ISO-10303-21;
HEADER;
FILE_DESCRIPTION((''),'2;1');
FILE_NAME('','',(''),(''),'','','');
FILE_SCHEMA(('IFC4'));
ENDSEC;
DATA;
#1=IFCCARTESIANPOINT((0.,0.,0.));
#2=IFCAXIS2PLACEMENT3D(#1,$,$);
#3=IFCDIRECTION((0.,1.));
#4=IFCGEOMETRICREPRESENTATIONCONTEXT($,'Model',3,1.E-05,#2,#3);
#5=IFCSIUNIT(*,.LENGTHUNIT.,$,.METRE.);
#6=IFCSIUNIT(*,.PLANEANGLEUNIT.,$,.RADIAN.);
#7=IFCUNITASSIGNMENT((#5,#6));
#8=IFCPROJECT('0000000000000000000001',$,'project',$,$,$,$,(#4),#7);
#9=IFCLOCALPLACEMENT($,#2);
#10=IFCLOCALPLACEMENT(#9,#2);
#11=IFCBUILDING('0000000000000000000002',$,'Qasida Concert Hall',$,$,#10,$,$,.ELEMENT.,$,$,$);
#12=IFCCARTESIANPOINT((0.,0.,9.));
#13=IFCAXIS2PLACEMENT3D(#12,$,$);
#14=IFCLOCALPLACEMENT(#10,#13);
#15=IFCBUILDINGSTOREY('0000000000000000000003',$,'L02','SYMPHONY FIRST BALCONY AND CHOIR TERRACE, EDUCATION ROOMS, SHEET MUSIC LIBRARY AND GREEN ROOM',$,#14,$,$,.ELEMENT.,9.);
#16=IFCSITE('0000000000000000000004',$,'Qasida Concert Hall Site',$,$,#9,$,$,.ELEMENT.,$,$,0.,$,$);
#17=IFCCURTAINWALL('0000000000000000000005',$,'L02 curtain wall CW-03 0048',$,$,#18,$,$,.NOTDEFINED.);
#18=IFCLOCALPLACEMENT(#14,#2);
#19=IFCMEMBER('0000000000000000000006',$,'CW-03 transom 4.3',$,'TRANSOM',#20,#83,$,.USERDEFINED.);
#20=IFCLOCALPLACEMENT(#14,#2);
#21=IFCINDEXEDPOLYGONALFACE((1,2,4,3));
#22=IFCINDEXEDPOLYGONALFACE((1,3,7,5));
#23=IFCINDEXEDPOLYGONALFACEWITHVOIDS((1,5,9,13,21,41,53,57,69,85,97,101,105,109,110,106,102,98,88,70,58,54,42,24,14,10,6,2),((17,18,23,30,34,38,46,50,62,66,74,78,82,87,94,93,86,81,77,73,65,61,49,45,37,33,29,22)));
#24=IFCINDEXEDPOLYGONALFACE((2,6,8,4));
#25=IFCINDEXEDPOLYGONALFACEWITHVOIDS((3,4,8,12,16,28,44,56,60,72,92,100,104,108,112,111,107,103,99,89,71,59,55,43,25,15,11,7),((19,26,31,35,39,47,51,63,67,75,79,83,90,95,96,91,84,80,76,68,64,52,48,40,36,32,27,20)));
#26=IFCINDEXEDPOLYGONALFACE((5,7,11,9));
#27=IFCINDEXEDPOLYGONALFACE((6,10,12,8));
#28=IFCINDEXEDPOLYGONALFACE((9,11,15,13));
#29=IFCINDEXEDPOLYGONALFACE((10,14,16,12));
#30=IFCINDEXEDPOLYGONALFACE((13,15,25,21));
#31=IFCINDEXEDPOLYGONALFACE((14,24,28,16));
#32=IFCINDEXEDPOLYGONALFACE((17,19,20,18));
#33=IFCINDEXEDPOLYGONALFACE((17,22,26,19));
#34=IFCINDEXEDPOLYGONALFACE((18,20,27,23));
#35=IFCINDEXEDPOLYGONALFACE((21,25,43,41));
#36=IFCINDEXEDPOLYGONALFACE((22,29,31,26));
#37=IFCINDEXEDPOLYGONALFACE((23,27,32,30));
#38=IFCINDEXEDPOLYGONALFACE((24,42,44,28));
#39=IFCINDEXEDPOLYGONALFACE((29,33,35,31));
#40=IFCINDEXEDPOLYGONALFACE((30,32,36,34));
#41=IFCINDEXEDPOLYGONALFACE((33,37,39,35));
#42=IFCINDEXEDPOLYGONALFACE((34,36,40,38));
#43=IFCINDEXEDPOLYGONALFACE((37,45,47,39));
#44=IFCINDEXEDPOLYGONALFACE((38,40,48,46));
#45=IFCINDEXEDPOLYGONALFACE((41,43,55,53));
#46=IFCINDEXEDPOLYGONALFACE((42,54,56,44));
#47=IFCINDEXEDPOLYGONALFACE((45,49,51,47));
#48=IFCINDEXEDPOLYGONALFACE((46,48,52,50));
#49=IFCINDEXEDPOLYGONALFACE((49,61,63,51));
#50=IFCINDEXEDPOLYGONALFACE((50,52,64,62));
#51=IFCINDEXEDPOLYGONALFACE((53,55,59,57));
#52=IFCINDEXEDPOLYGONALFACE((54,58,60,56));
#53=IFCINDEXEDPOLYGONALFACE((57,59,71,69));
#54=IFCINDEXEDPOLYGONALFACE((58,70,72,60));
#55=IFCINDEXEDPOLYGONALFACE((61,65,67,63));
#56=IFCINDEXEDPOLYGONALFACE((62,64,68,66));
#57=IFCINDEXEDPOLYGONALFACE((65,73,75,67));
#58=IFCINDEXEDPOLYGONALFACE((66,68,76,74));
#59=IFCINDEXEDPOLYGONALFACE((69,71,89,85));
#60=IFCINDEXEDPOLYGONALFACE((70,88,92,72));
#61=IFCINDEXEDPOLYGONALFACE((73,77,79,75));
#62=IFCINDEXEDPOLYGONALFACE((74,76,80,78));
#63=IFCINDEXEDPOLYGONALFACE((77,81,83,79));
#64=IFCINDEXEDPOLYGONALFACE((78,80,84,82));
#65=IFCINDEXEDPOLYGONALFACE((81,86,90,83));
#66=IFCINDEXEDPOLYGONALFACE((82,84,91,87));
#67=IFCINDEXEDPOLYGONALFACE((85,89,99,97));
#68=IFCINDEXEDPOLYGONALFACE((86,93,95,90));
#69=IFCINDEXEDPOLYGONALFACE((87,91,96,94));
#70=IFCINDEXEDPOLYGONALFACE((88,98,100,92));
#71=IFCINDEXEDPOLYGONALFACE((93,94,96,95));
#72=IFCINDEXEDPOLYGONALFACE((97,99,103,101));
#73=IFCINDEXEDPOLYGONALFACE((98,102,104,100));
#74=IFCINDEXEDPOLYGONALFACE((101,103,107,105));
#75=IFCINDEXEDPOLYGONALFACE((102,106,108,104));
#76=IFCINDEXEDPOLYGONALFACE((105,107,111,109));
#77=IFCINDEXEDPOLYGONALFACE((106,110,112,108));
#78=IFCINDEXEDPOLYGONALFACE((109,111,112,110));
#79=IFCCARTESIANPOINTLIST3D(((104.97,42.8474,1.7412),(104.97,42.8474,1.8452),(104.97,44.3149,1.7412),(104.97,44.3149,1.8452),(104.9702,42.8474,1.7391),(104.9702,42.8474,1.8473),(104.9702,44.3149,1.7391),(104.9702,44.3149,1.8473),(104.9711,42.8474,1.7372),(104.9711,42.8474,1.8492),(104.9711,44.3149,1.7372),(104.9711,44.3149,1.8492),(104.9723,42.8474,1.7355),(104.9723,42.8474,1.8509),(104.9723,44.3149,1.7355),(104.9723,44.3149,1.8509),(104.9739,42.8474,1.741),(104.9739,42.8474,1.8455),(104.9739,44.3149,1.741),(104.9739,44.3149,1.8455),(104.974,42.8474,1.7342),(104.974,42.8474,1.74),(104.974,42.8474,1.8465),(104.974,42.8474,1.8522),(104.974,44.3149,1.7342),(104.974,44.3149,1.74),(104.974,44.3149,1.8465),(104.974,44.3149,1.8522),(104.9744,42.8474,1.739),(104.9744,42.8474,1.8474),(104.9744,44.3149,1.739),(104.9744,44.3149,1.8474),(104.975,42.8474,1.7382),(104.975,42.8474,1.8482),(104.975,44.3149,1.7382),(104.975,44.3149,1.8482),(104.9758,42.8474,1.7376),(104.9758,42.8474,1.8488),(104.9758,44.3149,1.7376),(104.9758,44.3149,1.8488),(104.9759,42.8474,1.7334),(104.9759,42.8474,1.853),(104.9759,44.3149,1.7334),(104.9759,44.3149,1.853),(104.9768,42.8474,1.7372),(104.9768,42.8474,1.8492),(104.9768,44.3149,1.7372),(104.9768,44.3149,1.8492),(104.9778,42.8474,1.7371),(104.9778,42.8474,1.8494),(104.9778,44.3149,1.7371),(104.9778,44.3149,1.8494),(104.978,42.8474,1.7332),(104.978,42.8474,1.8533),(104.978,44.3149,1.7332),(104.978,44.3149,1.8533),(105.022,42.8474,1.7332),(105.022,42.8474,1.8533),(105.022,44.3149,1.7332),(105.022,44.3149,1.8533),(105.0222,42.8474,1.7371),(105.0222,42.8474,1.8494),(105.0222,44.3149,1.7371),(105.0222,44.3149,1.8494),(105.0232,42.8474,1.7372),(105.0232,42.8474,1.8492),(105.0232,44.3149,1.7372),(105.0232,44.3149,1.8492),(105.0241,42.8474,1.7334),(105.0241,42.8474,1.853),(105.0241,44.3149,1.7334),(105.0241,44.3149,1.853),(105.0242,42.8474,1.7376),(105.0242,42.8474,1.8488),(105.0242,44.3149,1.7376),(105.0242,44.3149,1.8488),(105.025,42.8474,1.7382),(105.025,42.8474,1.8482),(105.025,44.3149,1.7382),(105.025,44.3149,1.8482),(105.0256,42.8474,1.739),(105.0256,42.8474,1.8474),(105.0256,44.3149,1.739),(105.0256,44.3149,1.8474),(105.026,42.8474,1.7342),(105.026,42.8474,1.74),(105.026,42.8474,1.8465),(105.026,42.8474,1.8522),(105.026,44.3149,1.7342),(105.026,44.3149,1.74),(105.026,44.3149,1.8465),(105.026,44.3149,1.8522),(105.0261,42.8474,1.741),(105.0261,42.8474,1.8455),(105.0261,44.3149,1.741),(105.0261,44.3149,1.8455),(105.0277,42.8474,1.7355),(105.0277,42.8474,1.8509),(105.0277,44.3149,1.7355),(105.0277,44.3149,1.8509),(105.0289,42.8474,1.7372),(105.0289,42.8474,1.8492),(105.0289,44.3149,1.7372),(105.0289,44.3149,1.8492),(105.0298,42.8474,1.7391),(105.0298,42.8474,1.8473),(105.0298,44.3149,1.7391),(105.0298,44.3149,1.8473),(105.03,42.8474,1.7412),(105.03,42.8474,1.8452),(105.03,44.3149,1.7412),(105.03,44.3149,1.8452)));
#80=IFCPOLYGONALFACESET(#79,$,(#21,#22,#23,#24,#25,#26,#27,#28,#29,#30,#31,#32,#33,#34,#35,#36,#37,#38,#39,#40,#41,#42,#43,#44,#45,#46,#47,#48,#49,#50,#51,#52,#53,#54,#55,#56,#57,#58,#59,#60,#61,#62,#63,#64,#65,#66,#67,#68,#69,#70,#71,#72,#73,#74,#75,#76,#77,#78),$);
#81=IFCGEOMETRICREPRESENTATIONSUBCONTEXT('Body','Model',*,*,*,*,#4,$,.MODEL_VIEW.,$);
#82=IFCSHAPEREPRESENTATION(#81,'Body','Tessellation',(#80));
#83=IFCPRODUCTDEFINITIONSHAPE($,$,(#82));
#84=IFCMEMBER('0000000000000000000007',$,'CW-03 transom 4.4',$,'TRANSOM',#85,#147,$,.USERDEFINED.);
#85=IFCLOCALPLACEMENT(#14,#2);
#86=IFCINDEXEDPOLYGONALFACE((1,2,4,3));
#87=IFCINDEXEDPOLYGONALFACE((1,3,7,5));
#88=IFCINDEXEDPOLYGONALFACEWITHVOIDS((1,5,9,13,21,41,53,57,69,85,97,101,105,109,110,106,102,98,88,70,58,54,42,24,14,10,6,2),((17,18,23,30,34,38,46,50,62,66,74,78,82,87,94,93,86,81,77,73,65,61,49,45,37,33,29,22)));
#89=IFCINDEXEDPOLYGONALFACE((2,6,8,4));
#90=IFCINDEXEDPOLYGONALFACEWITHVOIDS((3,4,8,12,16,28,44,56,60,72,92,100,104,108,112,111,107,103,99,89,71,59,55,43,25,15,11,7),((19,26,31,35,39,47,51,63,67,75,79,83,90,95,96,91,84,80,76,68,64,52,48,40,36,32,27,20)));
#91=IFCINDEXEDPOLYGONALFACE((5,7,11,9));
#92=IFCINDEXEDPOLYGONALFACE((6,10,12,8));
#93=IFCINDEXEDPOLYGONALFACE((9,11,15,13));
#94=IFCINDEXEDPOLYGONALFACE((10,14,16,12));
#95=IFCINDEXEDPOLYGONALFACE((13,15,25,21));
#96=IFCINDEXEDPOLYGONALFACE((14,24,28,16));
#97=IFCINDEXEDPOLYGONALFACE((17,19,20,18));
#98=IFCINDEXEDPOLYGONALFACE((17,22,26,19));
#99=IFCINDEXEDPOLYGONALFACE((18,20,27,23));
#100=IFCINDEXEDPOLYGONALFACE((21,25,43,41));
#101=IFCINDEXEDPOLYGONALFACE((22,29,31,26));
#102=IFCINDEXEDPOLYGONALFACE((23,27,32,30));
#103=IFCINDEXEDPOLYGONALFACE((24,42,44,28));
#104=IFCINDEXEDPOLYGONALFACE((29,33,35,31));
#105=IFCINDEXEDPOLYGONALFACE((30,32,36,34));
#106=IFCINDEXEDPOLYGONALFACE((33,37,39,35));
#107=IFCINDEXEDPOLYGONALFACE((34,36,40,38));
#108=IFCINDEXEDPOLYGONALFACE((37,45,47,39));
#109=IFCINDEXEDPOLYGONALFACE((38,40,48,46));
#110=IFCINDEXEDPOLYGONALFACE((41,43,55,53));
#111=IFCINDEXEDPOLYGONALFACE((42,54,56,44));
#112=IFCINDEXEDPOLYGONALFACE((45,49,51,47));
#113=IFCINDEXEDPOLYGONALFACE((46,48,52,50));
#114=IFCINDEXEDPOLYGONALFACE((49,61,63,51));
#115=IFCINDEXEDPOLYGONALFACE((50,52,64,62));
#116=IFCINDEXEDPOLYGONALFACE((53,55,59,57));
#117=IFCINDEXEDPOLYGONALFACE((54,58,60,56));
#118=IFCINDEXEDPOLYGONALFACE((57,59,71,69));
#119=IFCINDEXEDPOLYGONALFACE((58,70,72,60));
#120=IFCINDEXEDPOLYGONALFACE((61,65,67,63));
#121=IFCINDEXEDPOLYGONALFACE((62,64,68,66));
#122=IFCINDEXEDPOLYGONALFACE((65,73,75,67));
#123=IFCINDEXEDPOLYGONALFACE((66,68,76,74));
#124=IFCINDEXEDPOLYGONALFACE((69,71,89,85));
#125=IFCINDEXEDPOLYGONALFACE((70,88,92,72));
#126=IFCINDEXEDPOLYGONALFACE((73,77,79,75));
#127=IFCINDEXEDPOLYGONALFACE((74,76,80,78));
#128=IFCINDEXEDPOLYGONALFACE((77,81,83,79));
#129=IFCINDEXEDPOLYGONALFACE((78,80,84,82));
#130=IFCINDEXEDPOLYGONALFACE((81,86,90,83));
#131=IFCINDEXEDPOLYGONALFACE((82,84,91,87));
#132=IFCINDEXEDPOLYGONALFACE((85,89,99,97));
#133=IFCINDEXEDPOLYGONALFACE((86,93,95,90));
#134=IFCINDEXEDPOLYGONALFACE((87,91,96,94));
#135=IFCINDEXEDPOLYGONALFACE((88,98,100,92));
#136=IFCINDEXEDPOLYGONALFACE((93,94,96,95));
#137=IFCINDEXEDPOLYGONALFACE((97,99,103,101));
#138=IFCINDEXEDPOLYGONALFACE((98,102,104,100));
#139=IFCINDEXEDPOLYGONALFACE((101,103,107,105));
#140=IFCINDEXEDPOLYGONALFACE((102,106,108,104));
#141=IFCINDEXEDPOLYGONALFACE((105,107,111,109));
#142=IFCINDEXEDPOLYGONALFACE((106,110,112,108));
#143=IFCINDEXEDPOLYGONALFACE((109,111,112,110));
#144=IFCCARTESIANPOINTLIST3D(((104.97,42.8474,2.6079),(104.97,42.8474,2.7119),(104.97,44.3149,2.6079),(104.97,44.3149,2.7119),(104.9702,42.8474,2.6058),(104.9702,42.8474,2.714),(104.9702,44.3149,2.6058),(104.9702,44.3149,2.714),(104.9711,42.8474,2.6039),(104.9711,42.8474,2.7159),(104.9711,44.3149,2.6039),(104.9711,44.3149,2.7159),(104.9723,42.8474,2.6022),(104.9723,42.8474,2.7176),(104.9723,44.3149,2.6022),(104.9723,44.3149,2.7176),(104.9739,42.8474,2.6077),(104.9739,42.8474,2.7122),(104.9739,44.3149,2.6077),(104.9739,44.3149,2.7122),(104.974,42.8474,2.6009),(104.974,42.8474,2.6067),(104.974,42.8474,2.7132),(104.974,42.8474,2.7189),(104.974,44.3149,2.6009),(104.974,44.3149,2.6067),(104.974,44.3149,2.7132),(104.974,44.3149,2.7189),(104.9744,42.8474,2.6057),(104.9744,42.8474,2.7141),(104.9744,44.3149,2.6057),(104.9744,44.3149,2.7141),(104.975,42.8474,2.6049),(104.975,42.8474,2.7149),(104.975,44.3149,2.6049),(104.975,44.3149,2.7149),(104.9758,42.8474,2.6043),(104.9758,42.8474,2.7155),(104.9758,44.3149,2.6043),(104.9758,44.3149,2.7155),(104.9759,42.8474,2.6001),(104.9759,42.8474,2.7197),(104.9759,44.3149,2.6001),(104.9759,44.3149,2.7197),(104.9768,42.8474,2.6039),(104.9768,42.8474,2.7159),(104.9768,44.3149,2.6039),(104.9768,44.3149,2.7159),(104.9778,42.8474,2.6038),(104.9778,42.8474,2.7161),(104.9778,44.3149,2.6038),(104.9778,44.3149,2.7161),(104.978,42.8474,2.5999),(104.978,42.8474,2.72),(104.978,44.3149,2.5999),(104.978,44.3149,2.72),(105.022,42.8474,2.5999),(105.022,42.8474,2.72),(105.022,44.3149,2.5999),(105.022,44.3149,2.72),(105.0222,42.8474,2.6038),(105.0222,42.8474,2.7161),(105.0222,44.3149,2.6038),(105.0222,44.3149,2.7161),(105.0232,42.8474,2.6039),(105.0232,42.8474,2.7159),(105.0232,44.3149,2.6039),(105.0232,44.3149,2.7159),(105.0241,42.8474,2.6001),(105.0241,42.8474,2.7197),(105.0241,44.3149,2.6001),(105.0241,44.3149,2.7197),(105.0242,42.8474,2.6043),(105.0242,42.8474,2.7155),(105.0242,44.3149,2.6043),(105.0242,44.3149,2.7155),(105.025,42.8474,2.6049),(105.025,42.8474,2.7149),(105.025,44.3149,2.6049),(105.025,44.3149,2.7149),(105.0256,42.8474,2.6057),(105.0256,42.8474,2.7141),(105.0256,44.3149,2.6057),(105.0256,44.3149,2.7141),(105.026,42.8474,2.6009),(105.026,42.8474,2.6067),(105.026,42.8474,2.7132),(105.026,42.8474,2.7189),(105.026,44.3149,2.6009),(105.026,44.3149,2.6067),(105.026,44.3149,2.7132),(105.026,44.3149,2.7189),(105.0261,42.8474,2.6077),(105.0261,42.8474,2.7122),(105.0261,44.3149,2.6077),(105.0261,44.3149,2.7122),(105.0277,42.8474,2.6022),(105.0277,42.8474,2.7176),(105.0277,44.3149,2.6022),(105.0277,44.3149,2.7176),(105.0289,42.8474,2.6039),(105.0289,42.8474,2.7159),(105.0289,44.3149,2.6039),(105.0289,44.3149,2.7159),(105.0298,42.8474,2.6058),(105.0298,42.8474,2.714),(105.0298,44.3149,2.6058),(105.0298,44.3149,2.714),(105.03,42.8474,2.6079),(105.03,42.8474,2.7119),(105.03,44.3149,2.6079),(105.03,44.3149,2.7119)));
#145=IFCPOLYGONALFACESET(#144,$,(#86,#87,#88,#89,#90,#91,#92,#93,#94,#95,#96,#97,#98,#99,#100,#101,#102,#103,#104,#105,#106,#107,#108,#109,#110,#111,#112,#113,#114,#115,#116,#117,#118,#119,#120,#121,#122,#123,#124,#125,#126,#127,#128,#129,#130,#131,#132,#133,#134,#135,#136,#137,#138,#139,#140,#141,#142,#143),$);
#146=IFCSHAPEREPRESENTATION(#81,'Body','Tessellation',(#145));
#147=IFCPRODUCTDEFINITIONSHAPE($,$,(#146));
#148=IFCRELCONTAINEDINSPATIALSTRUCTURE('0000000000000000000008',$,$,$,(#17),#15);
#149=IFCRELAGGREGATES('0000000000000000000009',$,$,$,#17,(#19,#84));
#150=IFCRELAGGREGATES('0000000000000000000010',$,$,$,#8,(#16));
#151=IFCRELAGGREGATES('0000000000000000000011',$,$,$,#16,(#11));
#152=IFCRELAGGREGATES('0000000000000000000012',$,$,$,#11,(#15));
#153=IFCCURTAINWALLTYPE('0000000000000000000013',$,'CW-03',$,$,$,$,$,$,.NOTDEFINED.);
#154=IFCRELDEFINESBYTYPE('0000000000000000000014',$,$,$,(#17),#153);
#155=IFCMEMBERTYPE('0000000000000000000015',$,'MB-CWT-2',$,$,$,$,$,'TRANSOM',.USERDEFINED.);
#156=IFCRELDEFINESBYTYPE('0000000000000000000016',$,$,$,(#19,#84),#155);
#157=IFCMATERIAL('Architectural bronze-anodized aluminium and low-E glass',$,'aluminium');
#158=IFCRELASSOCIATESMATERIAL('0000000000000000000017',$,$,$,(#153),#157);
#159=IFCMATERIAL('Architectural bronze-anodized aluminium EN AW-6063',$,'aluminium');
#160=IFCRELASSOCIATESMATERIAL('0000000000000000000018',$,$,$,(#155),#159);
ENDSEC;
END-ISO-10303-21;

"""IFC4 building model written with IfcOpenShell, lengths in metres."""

from ifc_helpers import new_model, si_unit, direction, frame, origin, origin_2d, place, context, subcontext, project, spatial, hollow_rectangle, extrude, material, material_profile, profile_set, type_object, element, aggregate, save


model = new_model("IFC4")

# Units and contexts
model_context = context("Model", 3, precision=1e-05, world=origin(), true_north=direction((0.0, 1.0)))
body_context = subcontext(model_context, "Body", "Model", "MODEL_VIEW")
ifc_project = project(units=[si_unit("LENGTHUNIT", "METRE"), si_unit("PLANEANGLEUNIT", "RADIAN")], contexts=[model_context])

# Site, building, storey
site_placement = place(None, origin())
site = spatial("IfcSite", under=ifc_project, at=site_placement, Name="Qasida Concert Hall Site", CompositionType="ELEMENT", RefElevation=0.0)
building_placement = place(site_placement, origin())
building = spatial("IfcBuilding", under=site, at=building_placement, Name="Qasida Concert Hall", CompositionType="ELEMENT")
storey_placement = place(building_placement, frame((0.0, 0.0, 9.0)))
storey = spatial("IfcBuildingStorey", under=building, at=storey_placement, Name="L02", Description="SYMPHONY FIRST BALCONY AND CHOIR TERRACE, EDUCATION ROOMS, SHEET MUSIC LIBRARY AND GREEN ROOM", CompositionType="ELEMENT", Elevation=9.0)

# Shared definitions
ifc_material_1 = material(Name="Architectural bronze-anodized aluminium and low-E glass", Category="aluminium")
curtain_wall_type_1 = type_object("IfcCurtainWallType", Name="CW-03", PredefinedType="NOTDEFINED", material=ifc_material_1)
ifc_material_2 = material(Name="Architectural bronze-anodized aluminium EN AW-6063", Category="aluminium")

# Curtain wall, members
curtain_wall_1_placement = place(storey_placement, origin())
curtain_wall_1 = element("IfcCurtainWall", 1, at=curtain_wall_1_placement, inside=storey, type_object=curtain_wall_type_1, Name="L02 curtain wall CW-03 0048", PredefinedType="NOTDEFINED")
ifc_material_profile_1 = material_profile(ifc_material_2, hollow_rectangle(XDim=0.0601, YDim=0.1201, WallThickness=0.0039, InnerFilletRadius=0.0039, OuterFilletRadius=0.0081, at=origin_2d()), Name="CWT 120x60x4")
ifc_profile_set_1 = profile_set([ifc_material_profile_1], Name="Architectural bronze-anodized aluminium EN AW-6063")
member_type_1 = type_object("IfcMemberType", Name="MB-CWT-2", ElementType="TRANSOM", PredefinedType="USERDEFINED", material=ifc_profile_set_1)
member_1_placement = place(storey_placement, frame((105.0, 42.8474, 1.7932), z_axis=(0.0, 1.0, 0.0), x_axis=(-1.0, 0.0, 0.0)))
member_1 = element("IfcMember", 2, at=member_1_placement, type_object=member_type_1, Name="CW-03 transom 4.3", ObjectType="TRANSOM", PredefinedType="USERDEFINED", context=body_context, shape_type="SweptSolid", body=[
    extrude(hollow_rectangle(XDim=0.0601, YDim=0.1201, WallThickness=0.0039, InnerFilletRadius=0.0039, OuterFilletRadius=0.0081, at=origin_2d()), origin(), (0.0, 0.0, 1.0), 1.4675),
])
member_2_placement = place(storey_placement, frame((105.0, 42.8474, 2.6599), z_axis=(0.0, 1.0, 0.0), x_axis=(-1.0, 0.0, 0.0)))
member_2 = element("IfcMember", 3, at=member_2_placement, type_object=member_type_1, Name="CW-03 transom 4.4", ObjectType="TRANSOM", PredefinedType="USERDEFINED", context=body_context, shape_type="SweptSolid", body=[
    extrude(hollow_rectangle(XDim=0.0601, YDim=0.1201, WallThickness=0.0039, InnerFilletRadius=0.0039, OuterFilletRadius=0.0081, at=origin_2d()), origin(), (0.0, 0.0, 1.0), 1.4675),
])

aggregate(curtain_wall_1, [member_1, member_2])

save(model, "model.ifc")
